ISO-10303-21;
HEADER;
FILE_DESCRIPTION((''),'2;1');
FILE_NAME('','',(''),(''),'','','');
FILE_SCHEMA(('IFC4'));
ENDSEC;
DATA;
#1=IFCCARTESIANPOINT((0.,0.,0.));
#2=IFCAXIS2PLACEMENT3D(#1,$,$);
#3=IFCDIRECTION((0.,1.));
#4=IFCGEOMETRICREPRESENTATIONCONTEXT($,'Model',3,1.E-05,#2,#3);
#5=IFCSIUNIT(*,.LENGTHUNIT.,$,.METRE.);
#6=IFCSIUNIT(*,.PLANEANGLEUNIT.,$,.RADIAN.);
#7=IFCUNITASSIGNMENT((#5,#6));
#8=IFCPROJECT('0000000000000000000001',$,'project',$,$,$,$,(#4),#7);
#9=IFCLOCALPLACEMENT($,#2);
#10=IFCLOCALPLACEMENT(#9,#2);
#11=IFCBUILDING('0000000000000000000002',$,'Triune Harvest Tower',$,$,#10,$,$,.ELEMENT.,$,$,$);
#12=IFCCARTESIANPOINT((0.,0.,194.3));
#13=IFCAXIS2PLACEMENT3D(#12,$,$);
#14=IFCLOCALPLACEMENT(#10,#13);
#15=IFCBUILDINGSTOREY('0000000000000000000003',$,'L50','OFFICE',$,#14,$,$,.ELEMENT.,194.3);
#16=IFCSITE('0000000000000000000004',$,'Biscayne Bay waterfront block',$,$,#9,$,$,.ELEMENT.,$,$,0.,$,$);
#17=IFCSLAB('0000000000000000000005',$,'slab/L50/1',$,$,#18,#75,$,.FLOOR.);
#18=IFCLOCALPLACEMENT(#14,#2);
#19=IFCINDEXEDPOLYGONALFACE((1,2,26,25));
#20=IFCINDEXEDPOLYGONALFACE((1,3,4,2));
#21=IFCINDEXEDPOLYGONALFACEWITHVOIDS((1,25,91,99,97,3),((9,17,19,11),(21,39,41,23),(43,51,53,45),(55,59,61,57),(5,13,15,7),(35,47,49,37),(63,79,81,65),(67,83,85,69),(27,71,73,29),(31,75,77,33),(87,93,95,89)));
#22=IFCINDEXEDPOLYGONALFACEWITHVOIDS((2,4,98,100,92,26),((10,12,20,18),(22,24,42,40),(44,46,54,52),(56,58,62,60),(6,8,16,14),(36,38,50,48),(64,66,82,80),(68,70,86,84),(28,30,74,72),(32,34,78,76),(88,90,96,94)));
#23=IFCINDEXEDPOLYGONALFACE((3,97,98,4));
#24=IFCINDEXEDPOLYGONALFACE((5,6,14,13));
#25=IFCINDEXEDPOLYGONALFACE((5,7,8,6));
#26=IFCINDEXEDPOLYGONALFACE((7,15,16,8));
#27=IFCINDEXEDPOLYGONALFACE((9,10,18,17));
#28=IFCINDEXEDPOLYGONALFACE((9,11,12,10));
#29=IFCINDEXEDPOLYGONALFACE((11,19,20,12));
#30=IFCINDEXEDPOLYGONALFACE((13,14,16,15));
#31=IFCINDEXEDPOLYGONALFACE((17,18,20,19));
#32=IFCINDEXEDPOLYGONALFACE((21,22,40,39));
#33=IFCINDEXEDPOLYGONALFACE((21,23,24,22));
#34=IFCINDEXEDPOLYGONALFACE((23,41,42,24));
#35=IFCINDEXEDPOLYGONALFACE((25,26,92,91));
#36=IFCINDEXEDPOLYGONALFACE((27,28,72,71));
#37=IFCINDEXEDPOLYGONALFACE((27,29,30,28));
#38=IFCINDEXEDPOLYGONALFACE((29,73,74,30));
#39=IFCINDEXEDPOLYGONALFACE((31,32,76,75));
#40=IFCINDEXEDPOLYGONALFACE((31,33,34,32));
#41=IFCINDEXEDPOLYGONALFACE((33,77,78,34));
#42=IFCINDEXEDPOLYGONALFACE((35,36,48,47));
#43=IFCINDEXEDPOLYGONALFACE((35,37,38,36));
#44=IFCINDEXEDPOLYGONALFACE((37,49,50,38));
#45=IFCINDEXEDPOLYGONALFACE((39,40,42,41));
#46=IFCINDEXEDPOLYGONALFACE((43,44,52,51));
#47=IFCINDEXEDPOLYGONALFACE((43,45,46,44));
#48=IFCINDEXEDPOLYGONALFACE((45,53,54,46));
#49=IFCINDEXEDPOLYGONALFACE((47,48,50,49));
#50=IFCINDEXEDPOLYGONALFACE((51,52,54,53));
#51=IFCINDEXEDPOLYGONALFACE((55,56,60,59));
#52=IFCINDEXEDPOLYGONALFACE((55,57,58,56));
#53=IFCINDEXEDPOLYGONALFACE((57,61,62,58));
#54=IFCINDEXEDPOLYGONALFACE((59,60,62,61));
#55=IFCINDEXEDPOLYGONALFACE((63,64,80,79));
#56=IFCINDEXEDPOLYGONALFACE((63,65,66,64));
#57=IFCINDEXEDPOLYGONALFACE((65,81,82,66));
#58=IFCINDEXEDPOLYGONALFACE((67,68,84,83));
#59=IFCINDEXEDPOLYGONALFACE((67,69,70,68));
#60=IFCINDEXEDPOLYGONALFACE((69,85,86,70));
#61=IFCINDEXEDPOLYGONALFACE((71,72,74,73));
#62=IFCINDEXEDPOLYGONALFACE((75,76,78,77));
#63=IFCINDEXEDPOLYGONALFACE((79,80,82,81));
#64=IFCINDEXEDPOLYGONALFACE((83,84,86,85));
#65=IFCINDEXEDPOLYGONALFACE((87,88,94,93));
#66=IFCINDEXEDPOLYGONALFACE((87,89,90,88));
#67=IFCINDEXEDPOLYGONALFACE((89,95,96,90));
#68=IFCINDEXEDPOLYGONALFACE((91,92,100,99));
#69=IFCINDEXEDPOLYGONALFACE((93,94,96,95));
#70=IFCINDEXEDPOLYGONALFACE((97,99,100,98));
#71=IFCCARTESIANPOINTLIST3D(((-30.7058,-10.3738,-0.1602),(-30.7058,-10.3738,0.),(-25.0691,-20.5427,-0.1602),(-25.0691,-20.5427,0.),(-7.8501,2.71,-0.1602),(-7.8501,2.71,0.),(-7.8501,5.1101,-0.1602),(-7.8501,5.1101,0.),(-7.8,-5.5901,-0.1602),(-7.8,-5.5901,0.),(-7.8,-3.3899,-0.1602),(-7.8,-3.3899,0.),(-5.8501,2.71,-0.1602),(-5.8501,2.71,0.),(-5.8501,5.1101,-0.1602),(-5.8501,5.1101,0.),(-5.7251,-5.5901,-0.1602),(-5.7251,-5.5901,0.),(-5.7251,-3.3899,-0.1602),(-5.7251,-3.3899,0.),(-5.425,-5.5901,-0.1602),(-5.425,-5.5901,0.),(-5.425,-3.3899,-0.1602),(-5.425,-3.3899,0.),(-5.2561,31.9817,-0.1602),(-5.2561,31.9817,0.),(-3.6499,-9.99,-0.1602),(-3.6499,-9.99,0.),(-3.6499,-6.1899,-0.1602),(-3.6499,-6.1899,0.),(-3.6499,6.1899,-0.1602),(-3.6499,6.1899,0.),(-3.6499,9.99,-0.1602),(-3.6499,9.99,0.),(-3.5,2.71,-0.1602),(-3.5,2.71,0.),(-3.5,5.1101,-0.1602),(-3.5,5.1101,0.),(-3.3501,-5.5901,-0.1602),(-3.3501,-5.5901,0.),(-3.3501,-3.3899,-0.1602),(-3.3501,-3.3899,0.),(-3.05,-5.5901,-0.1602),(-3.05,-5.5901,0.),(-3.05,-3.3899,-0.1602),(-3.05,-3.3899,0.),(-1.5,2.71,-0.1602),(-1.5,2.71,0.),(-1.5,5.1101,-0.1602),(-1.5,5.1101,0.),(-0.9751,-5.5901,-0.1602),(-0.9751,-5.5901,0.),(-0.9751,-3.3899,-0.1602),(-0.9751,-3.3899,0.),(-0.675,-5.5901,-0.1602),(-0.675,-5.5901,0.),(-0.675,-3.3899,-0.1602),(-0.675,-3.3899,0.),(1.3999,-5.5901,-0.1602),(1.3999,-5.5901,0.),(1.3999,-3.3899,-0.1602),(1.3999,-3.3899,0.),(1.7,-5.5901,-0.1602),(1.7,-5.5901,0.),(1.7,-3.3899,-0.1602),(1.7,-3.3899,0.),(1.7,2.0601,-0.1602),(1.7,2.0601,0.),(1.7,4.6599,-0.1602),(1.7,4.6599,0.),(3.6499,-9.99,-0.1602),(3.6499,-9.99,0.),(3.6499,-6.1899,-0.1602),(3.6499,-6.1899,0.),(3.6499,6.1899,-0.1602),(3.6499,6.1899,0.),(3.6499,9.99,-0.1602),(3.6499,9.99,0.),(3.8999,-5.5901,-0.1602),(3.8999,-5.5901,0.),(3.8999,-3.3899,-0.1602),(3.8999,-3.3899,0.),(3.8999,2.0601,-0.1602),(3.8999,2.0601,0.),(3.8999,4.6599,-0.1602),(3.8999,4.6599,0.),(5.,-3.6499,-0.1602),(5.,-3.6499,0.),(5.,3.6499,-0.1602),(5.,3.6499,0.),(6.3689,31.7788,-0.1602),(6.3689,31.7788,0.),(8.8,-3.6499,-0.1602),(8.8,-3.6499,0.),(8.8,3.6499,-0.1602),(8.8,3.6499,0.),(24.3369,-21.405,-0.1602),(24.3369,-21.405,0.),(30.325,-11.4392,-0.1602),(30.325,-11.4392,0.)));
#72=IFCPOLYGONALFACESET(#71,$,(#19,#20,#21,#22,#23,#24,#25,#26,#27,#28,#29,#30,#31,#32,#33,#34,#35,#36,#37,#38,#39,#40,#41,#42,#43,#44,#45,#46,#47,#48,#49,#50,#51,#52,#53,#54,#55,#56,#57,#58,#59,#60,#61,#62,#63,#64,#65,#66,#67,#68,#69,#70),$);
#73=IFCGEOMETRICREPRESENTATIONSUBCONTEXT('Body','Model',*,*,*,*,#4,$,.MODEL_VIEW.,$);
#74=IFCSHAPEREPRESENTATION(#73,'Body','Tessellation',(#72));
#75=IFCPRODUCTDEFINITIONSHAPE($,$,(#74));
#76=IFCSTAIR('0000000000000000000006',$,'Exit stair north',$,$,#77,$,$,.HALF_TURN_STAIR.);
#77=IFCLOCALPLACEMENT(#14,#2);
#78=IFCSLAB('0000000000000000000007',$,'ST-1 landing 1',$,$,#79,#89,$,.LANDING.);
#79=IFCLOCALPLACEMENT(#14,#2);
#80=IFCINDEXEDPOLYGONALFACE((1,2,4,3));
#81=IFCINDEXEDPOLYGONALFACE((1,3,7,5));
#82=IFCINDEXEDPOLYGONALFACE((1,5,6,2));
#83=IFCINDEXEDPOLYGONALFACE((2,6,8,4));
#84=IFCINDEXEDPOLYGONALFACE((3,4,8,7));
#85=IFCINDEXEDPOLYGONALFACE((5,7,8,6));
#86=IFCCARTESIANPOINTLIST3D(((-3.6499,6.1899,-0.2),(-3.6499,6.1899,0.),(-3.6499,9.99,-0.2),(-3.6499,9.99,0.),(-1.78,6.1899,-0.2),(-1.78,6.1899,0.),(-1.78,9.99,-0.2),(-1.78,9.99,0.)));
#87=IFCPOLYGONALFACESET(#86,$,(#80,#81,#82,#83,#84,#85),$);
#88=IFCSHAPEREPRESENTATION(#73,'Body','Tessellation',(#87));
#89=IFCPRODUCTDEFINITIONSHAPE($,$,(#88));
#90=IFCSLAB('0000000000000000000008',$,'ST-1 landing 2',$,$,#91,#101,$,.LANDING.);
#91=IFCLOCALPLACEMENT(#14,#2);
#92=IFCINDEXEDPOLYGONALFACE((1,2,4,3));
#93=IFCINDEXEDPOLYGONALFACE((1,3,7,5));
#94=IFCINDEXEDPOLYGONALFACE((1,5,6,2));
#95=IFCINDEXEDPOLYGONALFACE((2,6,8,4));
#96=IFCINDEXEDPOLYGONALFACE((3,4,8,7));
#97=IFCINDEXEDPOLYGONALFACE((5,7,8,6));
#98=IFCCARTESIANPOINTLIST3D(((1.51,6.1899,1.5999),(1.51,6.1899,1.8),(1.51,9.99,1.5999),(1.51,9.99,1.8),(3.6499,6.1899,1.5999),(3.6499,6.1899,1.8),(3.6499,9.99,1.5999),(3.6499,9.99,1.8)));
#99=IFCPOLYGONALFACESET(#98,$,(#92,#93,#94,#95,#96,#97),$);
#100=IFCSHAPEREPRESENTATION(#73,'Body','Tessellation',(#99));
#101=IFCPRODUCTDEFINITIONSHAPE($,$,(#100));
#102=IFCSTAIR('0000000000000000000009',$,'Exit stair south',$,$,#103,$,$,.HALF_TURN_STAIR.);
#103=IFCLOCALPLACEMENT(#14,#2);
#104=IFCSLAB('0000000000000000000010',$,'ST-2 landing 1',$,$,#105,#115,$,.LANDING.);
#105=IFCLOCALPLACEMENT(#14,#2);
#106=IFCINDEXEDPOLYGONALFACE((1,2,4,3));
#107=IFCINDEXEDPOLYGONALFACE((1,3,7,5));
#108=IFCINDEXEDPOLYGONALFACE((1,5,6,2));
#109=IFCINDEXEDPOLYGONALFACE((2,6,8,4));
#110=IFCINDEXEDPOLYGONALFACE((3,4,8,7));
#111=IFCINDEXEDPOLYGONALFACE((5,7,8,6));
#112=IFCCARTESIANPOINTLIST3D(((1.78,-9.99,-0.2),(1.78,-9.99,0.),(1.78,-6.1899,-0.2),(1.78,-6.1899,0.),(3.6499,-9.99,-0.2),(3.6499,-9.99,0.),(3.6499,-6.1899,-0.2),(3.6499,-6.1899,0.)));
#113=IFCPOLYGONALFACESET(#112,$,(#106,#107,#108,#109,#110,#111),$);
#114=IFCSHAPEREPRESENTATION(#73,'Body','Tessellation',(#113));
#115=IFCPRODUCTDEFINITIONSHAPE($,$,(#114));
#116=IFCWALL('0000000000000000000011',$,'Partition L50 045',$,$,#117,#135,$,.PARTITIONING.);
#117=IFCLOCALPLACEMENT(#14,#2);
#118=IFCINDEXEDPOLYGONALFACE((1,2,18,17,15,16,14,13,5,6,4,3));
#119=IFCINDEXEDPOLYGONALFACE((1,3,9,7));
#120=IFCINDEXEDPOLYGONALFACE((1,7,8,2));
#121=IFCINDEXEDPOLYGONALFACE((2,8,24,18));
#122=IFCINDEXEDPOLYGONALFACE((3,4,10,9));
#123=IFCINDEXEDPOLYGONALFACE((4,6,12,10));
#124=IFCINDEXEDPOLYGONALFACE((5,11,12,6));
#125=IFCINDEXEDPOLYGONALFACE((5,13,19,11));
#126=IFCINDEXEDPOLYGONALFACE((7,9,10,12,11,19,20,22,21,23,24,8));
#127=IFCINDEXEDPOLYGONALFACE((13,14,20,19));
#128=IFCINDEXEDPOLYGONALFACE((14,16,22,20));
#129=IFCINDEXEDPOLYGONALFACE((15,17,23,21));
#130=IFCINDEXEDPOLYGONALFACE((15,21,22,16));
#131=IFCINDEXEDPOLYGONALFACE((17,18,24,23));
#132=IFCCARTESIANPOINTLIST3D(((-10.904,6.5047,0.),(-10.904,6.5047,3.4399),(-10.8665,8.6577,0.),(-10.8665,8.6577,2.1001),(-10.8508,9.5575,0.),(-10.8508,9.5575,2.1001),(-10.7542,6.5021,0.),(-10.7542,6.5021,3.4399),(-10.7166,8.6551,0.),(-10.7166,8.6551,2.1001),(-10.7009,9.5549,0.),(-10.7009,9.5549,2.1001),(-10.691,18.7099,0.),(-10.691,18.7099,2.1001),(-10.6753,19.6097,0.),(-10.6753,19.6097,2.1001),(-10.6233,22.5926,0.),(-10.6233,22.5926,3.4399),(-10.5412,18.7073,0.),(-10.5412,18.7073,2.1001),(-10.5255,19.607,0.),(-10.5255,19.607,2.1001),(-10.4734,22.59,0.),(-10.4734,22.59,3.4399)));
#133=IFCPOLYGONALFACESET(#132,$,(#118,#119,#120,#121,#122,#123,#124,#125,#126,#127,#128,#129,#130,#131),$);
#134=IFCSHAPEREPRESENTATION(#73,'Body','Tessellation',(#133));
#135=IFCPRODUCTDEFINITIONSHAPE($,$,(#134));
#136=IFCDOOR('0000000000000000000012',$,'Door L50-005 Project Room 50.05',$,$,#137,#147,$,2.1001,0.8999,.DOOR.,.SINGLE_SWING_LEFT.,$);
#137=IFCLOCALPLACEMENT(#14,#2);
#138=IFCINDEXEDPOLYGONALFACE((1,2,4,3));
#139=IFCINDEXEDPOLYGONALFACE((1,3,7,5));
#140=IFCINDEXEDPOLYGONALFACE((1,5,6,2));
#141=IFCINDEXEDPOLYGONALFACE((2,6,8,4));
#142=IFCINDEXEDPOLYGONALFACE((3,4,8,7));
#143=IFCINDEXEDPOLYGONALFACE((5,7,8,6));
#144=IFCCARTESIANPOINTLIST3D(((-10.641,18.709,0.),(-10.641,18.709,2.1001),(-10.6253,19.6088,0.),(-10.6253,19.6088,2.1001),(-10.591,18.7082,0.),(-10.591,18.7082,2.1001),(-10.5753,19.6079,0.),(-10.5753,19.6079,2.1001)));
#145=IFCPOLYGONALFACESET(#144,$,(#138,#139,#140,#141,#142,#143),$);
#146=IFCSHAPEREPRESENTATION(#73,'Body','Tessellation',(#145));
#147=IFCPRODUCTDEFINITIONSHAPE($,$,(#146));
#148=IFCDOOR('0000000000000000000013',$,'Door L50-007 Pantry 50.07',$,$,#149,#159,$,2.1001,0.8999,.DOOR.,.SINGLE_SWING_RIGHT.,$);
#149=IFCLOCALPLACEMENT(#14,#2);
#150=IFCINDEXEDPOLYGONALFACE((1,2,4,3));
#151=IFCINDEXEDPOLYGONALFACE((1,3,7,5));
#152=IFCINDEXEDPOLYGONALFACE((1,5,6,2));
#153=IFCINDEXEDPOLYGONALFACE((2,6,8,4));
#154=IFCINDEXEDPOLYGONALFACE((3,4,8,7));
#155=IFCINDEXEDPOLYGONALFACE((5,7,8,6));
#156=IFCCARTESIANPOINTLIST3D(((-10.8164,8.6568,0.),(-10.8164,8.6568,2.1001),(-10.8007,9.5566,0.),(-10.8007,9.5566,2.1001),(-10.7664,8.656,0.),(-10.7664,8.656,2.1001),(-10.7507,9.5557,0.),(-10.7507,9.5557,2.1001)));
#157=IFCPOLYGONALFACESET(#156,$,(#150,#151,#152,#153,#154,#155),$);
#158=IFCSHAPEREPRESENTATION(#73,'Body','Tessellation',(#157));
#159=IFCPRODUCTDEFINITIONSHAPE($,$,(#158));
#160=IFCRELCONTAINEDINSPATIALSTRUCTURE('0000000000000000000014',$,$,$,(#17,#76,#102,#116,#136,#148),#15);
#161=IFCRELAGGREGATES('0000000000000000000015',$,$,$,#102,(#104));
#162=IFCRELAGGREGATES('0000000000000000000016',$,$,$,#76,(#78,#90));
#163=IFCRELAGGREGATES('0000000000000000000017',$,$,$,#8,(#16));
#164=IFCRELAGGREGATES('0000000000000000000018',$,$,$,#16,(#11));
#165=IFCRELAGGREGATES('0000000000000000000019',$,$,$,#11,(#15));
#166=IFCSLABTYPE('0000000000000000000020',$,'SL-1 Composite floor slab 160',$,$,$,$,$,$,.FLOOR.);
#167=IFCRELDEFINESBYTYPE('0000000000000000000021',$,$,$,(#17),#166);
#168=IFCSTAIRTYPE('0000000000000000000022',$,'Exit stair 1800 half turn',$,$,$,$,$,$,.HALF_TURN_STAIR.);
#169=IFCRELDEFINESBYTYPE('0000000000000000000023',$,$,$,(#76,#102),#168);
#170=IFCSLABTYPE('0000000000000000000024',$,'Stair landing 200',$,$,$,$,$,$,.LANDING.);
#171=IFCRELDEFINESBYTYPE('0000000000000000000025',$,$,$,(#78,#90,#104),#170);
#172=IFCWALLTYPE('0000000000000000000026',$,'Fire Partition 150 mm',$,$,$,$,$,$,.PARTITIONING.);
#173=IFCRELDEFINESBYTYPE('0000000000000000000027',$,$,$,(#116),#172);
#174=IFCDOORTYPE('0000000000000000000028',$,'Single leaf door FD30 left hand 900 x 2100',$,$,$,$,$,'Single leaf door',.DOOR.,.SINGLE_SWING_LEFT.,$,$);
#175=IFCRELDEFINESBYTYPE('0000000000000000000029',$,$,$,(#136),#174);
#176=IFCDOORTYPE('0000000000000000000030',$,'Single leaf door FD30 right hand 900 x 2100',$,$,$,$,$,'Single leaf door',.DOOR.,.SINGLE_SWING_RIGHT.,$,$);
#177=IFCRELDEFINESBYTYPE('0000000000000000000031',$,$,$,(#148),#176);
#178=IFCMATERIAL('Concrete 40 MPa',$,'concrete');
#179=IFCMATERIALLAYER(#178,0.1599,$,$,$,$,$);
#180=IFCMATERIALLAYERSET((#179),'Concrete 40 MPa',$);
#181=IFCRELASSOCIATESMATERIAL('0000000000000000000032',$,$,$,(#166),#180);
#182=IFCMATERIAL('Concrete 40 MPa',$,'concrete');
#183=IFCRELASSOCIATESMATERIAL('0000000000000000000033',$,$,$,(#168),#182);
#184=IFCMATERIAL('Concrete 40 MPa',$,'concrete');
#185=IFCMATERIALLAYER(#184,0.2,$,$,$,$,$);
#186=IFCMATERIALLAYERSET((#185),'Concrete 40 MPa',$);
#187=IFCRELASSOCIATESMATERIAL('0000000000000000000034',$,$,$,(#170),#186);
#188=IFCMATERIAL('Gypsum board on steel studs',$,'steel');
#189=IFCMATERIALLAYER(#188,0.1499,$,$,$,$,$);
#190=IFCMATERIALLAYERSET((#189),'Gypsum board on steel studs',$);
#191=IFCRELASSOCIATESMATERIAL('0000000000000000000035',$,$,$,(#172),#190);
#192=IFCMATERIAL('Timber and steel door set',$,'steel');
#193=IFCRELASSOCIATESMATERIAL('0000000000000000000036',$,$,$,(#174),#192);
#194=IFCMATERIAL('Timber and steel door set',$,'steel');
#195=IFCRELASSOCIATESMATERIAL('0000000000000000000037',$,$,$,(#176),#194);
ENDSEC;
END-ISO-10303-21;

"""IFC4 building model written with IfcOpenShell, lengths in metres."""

from ifc_helpers import new_model, si_unit, direction, frame, frame_2d, origin, place, context, subcontext, project, spatial, polyline, rectangle, outline, extrude, source, transform, mapped, material, layer, layer_set, type_object, element, fill, aggregate, save


model = new_model("IFC4")

# Units and contexts
model_context = context("Model", 3, precision=1e-05, world=origin(), true_north=direction((0.0, 1.0)))
body_context = subcontext(model_context, "Body", "Model", "MODEL_VIEW")
ifc_project = project(units=[si_unit("LENGTHUNIT", "METRE"), si_unit("PLANEANGLEUNIT", "RADIAN")], contexts=[model_context])

# Site, building, storey
site_placement = place(None, origin())
site = spatial("IfcSite", under=ifc_project, at=site_placement, Name="Biscayne Bay waterfront block", CompositionType="ELEMENT", RefElevation=0.0)
building_placement = place(site_placement, origin())
building = spatial("IfcBuilding", under=site, at=building_placement, Name="Triune Harvest Tower", CompositionType="ELEMENT")
storey_placement = place(building_placement, frame((0.0, 0.0, 194.3)))
storey = spatial("IfcBuildingStorey", under=building, at=storey_placement, Name="L50", Description="OFFICE", CompositionType="ELEMENT", Elevation=194.3)

# Slab
ifc_material_1 = material(Name="Concrete 40 MPa", Category="concrete")
ifc_layer_1 = layer(ifc_material_1, 0.1599)
ifc_layer_set_1 = layer_set([ifc_layer_1], Name="Concrete 40 MPa")
slab_type_1 = type_object("IfcSlabType", Name="SL-1 Composite floor slab 160", PredefinedType="FLOOR", material=ifc_layer_set_1)
shared_shape_1 = source(origin(), body_context, "Body", "SweptSolid", [
    extrude(outline(polyline([(30.325, -11.4392), (6.3689, 31.7788), (-5.2561, 31.9817), (-30.7058, -10.3738), (-25.0691, -20.5427), (24.3369, -21.405), (30.325, -11.4392)]), holes=[polyline([(-5.7251, -5.5901), (-5.7251, -3.3899), (-7.8, -3.3899), (-7.8, -5.5901), (-5.7251, -5.5901)]), polyline([(-3.3501, -5.5901), (-3.3501, -3.3899), (-5.425, -3.3899), (-5.425, -5.5901), (-3.3501, -5.5901)]), polyline([(-0.9751, -5.5901), (-0.9751, -3.3899), (-3.05, -3.3899), (-3.05, -5.5901), (-0.9751, -5.5901)]), polyline([(1.3999, -5.5901), (1.3999, -3.3899), (-0.675, -3.3899), (-0.675, -5.5901), (1.3999, -5.5901)]), polyline([(3.8999, 2.0601), (3.8999, 4.6599), (1.7, 4.6599), (1.7, 2.0601), (3.8999, 2.0601)]), polyline([(3.8999, -5.5901), (3.8999, -3.3899), (1.7, -3.3899), (1.7, -5.5901), (3.8999, -5.5901)]), polyline([(-5.8501, 2.71), (-5.8501, 5.1101), (-7.8501, 5.1101), (-7.8501, 2.71), (-5.8501, 2.71)]), polyline([(-1.5, 2.71), (-1.5, 5.1101), (-3.5, 5.1101), (-3.5, 2.71), (-1.5, 2.71)]), polyline([(3.6499, 6.1899), (3.6499, 9.99), (-3.6499, 9.99), (-3.6499, 6.1899), (3.6499, 6.1899)]), polyline([(3.6499, -9.99), (3.6499, -6.1899), (-3.6499, -6.1899), (-3.6499, -9.99), (3.6499, -9.99)]), polyline([(8.8, -3.6499), (8.8, 3.6499), (5.0, 3.6499), (5.0, -3.6499), (8.8, -3.6499)])]), origin(), (0.0, 0.0, 1.0), 0.1602),
])
slab_1_placement = place(storey_placement, frame((0.0, 0.0, -0.1602)))
element("IfcSlab", 1, at=slab_1_placement, inside=storey, type_object=slab_type_1, Name="slab/L50/1", PredefinedType="FLOOR", context=body_context, shape_type="MappedRepresentation", body=[
    mapped(shared_shape_1, transform((0.0, 0.0, 0.0), scale=1.0)),
])

# Stair, slabs
ifc_material_2 = material(Name="Concrete 40 MPa", Category="concrete")
stair_type = type_object("IfcStairType", Name="Exit stair 1800 half turn", PredefinedType="HALF_TURN_STAIR", material=ifc_material_2)
stair_1_placement = place(storey_placement, origin())
stair_1 = element("IfcStair", 2, at=stair_1_placement, inside=storey, type_object=stair_type, Name="Exit stair north", PredefinedType="HALF_TURN_STAIR")
ifc_material_3 = material(Name="Concrete 40 MPa", Category="concrete")
ifc_layer_2 = layer(ifc_material_3, 0.2)
ifc_layer_set_2 = layer_set([ifc_layer_2], Name="Concrete 40 MPa")
slab_type_2 = type_object("IfcSlabType", Name="Stair landing 200", PredefinedType="LANDING", material=ifc_layer_set_2)
shared_shape_2 = source(origin(), body_context, "Body", "SweptSolid", [
    extrude(outline(polyline([(-3.6499, 6.1899), (-1.78, 6.1899), (-1.78, 9.99), (-3.6499, 9.99), (-3.6499, 6.1899)])), origin(), (0.0, 0.0, 1.0), 0.2),
])
slab_2_placement = place(storey_placement, frame((0.0, 0.0, -0.2)))
slab_2 = element("IfcSlab", 3, at=slab_2_placement, type_object=slab_type_2, Name="ST-1 landing 1", PredefinedType="LANDING", context=body_context, shape_type="MappedRepresentation", body=[
    mapped(shared_shape_2, transform((0.0, 0.0, 0.0), scale=1.0)),
])
shared_shape_3 = source(origin(), body_context, "Body", "SweptSolid", [
    extrude(outline(polyline([(1.51, 6.1899), (3.6499, 6.1899), (3.6499, 9.99), (1.51, 9.99), (1.51, 6.1899)])), origin(), (0.0, 0.0, 1.0), 0.2002),
])
slab_3_placement = place(storey_placement, frame((0.0, 0.0, 1.5999)))
slab_3 = element("IfcSlab", 4, at=slab_3_placement, type_object=slab_type_2, Name="ST-1 landing 2", PredefinedType="LANDING", context=body_context, shape_type="MappedRepresentation", body=[
    mapped(shared_shape_3, transform((0.0, 0.0, 0.0), scale=1.0)),
])

# Stair, slab
stair_2_placement = place(storey_placement, origin())
stair_2 = element("IfcStair", 5, at=stair_2_placement, inside=storey, type_object=stair_type, Name="Exit stair south", PredefinedType="HALF_TURN_STAIR")
shared_shape_4 = source(origin(), body_context, "Body", "SweptSolid", [
    extrude(outline(polyline([(3.6499, -6.1899), (1.78, -6.1899), (1.78, -9.99), (3.6499, -9.99), (3.6499, -6.1899)])), origin(), (0.0, 0.0, 1.0), 0.2),
])
slab_4_placement = place(storey_placement, frame((0.0, 0.0, -0.2)))
slab_4 = element("IfcSlab", 6, at=slab_4_placement, type_object=slab_type_2, Name="ST-2 landing 1", PredefinedType="LANDING", context=body_context, shape_type="MappedRepresentation", body=[
    mapped(shared_shape_4, transform((0.0, 0.0, 0.0), scale=1.0)),
])
aggregate(stair_2, [slab_4])

# Wall, openings, doors
ifc_material_4 = material(Name="Gypsum board on steel studs", Category="steel")
ifc_layer_3 = layer(ifc_material_4, 0.1499)
ifc_layer_set_3 = layer_set([ifc_layer_3], Name="Gypsum board on steel studs")
wall_type_1 = type_object("IfcWallType", Name="Fire Partition 150 mm", PredefinedType="PARTITIONING", material=ifc_layer_set_3)
wall_1_placement = place(storey_placement, frame((-10.8291, 6.5034, 0.0), z_axis=(0.0, 0.0, 1.0), x_axis=(0.017449, 0.999848, 0.0)))
wall_1 = element("IfcWall", 7, at=wall_1_placement, inside=storey, type_object=wall_type_1, Name="Partition L50 045", PredefinedType="PARTITIONING", context=body_context, shape_type="SweptSolid", body=[
    extrude(rectangle(XDim=16.0903, YDim=0.1499, at=frame_2d((8.0452, 0.0))), origin(), (0.0, 0.0, 1.0), 3.4399),
])
opening_1_placement = place(wall_1_placement, frame((12.207, 0.0, 0.0)))
opening_1 = element("IfcOpeningElement", 8, at=opening_1_placement, cuts=wall_1, PredefinedType="OPENING", context=body_context, shape_type="SweptSolid", body=[
    extrude(rectangle(XDim=0.8999, YDim=2.1001, at=frame_2d((0.45, 1.05))), frame((0.0, 0.085, 0.0), z_axis=(0.0, -1.0, 0.0), x_axis=(1.0, 0.0, 0.0)), (0.0, 0.0, 1.0), 0.1699),
])
opening_2_placement = place(wall_1_placement, frame((2.1533, 0.0, 0.0)))
opening_2 = element("IfcOpeningElement", 9, at=opening_2_placement, cuts=wall_1, PredefinedType="OPENING", context=body_context, shape_type="SweptSolid", body=[
    extrude(rectangle(XDim=0.8999, YDim=2.1001, at=frame_2d((0.45, 1.05))), frame((0.0, 0.085, 0.0), z_axis=(0.0, -1.0, 0.0), x_axis=(1.0, 0.0, 0.0)), (0.0, 0.0, 1.0), 0.1699),
])
ifc_material_5 = material(Name="Timber and steel door set", Category="steel")
door_type_1 = type_object("IfcDoorType", Name="Single leaf door FD30 left hand 900 x 2100", ElementType="Single leaf door", OperationType="SINGLE_SWING_LEFT", PredefinedType="DOOR", material=ifc_material_5)
door_1_placement = place(opening_1_placement, origin())
door_1 = element("IfcDoor", 10, at=door_1_placement, inside=storey, type_object=door_type_1, Name="Door L50-005 Project Room 50.05", OperationType="SINGLE_SWING_LEFT", OverallHeight=2.1001, OverallWidth=0.8999, PredefinedType="DOOR", context=body_context, shape_type="SweptSolid", body=[
    extrude(rectangle(XDim=0.8999, YDim=2.1001, at=frame_2d((0.45, 1.05))), frame((0.0, 0.0249, 0.0), z_axis=(0.0, -1.0, 0.0), x_axis=(1.0, 0.0, 0.0)), (0.0, 0.0, 1.0), 0.05),
])
fill(opening_1, door_1)
ifc_material_6 = material(Name="Timber and steel door set", Category="steel")
door_type_2 = type_object("IfcDoorType", Name="Single leaf door FD30 right hand 900 x 2100", ElementType="Single leaf door", OperationType="SINGLE_SWING_RIGHT", PredefinedType="DOOR", material=ifc_material_6)
door_2_placement = place(opening_2_placement, origin())
door_2 = element("IfcDoor", 11, at=door_2_placement, inside=storey, type_object=door_type_2, Name="Door L50-007 Pantry 50.07", OperationType="SINGLE_SWING_RIGHT", OverallHeight=2.1001, OverallWidth=0.8999, PredefinedType="DOOR", context=body_context, shape_type="SweptSolid", body=[
    extrude(rectangle(XDim=0.8999, YDim=2.1001, at=frame_2d((0.45, 1.05))), frame((0.0, 0.0249, 0.0), z_axis=(0.0, -1.0, 0.0), x_axis=(1.0, 0.0, 0.0)), (0.0, 0.0, 1.0), 0.05),
])
fill(opening_2, door_2)

aggregate(stair_1, [slab_2, slab_3])

save(model, "model.ifc")
